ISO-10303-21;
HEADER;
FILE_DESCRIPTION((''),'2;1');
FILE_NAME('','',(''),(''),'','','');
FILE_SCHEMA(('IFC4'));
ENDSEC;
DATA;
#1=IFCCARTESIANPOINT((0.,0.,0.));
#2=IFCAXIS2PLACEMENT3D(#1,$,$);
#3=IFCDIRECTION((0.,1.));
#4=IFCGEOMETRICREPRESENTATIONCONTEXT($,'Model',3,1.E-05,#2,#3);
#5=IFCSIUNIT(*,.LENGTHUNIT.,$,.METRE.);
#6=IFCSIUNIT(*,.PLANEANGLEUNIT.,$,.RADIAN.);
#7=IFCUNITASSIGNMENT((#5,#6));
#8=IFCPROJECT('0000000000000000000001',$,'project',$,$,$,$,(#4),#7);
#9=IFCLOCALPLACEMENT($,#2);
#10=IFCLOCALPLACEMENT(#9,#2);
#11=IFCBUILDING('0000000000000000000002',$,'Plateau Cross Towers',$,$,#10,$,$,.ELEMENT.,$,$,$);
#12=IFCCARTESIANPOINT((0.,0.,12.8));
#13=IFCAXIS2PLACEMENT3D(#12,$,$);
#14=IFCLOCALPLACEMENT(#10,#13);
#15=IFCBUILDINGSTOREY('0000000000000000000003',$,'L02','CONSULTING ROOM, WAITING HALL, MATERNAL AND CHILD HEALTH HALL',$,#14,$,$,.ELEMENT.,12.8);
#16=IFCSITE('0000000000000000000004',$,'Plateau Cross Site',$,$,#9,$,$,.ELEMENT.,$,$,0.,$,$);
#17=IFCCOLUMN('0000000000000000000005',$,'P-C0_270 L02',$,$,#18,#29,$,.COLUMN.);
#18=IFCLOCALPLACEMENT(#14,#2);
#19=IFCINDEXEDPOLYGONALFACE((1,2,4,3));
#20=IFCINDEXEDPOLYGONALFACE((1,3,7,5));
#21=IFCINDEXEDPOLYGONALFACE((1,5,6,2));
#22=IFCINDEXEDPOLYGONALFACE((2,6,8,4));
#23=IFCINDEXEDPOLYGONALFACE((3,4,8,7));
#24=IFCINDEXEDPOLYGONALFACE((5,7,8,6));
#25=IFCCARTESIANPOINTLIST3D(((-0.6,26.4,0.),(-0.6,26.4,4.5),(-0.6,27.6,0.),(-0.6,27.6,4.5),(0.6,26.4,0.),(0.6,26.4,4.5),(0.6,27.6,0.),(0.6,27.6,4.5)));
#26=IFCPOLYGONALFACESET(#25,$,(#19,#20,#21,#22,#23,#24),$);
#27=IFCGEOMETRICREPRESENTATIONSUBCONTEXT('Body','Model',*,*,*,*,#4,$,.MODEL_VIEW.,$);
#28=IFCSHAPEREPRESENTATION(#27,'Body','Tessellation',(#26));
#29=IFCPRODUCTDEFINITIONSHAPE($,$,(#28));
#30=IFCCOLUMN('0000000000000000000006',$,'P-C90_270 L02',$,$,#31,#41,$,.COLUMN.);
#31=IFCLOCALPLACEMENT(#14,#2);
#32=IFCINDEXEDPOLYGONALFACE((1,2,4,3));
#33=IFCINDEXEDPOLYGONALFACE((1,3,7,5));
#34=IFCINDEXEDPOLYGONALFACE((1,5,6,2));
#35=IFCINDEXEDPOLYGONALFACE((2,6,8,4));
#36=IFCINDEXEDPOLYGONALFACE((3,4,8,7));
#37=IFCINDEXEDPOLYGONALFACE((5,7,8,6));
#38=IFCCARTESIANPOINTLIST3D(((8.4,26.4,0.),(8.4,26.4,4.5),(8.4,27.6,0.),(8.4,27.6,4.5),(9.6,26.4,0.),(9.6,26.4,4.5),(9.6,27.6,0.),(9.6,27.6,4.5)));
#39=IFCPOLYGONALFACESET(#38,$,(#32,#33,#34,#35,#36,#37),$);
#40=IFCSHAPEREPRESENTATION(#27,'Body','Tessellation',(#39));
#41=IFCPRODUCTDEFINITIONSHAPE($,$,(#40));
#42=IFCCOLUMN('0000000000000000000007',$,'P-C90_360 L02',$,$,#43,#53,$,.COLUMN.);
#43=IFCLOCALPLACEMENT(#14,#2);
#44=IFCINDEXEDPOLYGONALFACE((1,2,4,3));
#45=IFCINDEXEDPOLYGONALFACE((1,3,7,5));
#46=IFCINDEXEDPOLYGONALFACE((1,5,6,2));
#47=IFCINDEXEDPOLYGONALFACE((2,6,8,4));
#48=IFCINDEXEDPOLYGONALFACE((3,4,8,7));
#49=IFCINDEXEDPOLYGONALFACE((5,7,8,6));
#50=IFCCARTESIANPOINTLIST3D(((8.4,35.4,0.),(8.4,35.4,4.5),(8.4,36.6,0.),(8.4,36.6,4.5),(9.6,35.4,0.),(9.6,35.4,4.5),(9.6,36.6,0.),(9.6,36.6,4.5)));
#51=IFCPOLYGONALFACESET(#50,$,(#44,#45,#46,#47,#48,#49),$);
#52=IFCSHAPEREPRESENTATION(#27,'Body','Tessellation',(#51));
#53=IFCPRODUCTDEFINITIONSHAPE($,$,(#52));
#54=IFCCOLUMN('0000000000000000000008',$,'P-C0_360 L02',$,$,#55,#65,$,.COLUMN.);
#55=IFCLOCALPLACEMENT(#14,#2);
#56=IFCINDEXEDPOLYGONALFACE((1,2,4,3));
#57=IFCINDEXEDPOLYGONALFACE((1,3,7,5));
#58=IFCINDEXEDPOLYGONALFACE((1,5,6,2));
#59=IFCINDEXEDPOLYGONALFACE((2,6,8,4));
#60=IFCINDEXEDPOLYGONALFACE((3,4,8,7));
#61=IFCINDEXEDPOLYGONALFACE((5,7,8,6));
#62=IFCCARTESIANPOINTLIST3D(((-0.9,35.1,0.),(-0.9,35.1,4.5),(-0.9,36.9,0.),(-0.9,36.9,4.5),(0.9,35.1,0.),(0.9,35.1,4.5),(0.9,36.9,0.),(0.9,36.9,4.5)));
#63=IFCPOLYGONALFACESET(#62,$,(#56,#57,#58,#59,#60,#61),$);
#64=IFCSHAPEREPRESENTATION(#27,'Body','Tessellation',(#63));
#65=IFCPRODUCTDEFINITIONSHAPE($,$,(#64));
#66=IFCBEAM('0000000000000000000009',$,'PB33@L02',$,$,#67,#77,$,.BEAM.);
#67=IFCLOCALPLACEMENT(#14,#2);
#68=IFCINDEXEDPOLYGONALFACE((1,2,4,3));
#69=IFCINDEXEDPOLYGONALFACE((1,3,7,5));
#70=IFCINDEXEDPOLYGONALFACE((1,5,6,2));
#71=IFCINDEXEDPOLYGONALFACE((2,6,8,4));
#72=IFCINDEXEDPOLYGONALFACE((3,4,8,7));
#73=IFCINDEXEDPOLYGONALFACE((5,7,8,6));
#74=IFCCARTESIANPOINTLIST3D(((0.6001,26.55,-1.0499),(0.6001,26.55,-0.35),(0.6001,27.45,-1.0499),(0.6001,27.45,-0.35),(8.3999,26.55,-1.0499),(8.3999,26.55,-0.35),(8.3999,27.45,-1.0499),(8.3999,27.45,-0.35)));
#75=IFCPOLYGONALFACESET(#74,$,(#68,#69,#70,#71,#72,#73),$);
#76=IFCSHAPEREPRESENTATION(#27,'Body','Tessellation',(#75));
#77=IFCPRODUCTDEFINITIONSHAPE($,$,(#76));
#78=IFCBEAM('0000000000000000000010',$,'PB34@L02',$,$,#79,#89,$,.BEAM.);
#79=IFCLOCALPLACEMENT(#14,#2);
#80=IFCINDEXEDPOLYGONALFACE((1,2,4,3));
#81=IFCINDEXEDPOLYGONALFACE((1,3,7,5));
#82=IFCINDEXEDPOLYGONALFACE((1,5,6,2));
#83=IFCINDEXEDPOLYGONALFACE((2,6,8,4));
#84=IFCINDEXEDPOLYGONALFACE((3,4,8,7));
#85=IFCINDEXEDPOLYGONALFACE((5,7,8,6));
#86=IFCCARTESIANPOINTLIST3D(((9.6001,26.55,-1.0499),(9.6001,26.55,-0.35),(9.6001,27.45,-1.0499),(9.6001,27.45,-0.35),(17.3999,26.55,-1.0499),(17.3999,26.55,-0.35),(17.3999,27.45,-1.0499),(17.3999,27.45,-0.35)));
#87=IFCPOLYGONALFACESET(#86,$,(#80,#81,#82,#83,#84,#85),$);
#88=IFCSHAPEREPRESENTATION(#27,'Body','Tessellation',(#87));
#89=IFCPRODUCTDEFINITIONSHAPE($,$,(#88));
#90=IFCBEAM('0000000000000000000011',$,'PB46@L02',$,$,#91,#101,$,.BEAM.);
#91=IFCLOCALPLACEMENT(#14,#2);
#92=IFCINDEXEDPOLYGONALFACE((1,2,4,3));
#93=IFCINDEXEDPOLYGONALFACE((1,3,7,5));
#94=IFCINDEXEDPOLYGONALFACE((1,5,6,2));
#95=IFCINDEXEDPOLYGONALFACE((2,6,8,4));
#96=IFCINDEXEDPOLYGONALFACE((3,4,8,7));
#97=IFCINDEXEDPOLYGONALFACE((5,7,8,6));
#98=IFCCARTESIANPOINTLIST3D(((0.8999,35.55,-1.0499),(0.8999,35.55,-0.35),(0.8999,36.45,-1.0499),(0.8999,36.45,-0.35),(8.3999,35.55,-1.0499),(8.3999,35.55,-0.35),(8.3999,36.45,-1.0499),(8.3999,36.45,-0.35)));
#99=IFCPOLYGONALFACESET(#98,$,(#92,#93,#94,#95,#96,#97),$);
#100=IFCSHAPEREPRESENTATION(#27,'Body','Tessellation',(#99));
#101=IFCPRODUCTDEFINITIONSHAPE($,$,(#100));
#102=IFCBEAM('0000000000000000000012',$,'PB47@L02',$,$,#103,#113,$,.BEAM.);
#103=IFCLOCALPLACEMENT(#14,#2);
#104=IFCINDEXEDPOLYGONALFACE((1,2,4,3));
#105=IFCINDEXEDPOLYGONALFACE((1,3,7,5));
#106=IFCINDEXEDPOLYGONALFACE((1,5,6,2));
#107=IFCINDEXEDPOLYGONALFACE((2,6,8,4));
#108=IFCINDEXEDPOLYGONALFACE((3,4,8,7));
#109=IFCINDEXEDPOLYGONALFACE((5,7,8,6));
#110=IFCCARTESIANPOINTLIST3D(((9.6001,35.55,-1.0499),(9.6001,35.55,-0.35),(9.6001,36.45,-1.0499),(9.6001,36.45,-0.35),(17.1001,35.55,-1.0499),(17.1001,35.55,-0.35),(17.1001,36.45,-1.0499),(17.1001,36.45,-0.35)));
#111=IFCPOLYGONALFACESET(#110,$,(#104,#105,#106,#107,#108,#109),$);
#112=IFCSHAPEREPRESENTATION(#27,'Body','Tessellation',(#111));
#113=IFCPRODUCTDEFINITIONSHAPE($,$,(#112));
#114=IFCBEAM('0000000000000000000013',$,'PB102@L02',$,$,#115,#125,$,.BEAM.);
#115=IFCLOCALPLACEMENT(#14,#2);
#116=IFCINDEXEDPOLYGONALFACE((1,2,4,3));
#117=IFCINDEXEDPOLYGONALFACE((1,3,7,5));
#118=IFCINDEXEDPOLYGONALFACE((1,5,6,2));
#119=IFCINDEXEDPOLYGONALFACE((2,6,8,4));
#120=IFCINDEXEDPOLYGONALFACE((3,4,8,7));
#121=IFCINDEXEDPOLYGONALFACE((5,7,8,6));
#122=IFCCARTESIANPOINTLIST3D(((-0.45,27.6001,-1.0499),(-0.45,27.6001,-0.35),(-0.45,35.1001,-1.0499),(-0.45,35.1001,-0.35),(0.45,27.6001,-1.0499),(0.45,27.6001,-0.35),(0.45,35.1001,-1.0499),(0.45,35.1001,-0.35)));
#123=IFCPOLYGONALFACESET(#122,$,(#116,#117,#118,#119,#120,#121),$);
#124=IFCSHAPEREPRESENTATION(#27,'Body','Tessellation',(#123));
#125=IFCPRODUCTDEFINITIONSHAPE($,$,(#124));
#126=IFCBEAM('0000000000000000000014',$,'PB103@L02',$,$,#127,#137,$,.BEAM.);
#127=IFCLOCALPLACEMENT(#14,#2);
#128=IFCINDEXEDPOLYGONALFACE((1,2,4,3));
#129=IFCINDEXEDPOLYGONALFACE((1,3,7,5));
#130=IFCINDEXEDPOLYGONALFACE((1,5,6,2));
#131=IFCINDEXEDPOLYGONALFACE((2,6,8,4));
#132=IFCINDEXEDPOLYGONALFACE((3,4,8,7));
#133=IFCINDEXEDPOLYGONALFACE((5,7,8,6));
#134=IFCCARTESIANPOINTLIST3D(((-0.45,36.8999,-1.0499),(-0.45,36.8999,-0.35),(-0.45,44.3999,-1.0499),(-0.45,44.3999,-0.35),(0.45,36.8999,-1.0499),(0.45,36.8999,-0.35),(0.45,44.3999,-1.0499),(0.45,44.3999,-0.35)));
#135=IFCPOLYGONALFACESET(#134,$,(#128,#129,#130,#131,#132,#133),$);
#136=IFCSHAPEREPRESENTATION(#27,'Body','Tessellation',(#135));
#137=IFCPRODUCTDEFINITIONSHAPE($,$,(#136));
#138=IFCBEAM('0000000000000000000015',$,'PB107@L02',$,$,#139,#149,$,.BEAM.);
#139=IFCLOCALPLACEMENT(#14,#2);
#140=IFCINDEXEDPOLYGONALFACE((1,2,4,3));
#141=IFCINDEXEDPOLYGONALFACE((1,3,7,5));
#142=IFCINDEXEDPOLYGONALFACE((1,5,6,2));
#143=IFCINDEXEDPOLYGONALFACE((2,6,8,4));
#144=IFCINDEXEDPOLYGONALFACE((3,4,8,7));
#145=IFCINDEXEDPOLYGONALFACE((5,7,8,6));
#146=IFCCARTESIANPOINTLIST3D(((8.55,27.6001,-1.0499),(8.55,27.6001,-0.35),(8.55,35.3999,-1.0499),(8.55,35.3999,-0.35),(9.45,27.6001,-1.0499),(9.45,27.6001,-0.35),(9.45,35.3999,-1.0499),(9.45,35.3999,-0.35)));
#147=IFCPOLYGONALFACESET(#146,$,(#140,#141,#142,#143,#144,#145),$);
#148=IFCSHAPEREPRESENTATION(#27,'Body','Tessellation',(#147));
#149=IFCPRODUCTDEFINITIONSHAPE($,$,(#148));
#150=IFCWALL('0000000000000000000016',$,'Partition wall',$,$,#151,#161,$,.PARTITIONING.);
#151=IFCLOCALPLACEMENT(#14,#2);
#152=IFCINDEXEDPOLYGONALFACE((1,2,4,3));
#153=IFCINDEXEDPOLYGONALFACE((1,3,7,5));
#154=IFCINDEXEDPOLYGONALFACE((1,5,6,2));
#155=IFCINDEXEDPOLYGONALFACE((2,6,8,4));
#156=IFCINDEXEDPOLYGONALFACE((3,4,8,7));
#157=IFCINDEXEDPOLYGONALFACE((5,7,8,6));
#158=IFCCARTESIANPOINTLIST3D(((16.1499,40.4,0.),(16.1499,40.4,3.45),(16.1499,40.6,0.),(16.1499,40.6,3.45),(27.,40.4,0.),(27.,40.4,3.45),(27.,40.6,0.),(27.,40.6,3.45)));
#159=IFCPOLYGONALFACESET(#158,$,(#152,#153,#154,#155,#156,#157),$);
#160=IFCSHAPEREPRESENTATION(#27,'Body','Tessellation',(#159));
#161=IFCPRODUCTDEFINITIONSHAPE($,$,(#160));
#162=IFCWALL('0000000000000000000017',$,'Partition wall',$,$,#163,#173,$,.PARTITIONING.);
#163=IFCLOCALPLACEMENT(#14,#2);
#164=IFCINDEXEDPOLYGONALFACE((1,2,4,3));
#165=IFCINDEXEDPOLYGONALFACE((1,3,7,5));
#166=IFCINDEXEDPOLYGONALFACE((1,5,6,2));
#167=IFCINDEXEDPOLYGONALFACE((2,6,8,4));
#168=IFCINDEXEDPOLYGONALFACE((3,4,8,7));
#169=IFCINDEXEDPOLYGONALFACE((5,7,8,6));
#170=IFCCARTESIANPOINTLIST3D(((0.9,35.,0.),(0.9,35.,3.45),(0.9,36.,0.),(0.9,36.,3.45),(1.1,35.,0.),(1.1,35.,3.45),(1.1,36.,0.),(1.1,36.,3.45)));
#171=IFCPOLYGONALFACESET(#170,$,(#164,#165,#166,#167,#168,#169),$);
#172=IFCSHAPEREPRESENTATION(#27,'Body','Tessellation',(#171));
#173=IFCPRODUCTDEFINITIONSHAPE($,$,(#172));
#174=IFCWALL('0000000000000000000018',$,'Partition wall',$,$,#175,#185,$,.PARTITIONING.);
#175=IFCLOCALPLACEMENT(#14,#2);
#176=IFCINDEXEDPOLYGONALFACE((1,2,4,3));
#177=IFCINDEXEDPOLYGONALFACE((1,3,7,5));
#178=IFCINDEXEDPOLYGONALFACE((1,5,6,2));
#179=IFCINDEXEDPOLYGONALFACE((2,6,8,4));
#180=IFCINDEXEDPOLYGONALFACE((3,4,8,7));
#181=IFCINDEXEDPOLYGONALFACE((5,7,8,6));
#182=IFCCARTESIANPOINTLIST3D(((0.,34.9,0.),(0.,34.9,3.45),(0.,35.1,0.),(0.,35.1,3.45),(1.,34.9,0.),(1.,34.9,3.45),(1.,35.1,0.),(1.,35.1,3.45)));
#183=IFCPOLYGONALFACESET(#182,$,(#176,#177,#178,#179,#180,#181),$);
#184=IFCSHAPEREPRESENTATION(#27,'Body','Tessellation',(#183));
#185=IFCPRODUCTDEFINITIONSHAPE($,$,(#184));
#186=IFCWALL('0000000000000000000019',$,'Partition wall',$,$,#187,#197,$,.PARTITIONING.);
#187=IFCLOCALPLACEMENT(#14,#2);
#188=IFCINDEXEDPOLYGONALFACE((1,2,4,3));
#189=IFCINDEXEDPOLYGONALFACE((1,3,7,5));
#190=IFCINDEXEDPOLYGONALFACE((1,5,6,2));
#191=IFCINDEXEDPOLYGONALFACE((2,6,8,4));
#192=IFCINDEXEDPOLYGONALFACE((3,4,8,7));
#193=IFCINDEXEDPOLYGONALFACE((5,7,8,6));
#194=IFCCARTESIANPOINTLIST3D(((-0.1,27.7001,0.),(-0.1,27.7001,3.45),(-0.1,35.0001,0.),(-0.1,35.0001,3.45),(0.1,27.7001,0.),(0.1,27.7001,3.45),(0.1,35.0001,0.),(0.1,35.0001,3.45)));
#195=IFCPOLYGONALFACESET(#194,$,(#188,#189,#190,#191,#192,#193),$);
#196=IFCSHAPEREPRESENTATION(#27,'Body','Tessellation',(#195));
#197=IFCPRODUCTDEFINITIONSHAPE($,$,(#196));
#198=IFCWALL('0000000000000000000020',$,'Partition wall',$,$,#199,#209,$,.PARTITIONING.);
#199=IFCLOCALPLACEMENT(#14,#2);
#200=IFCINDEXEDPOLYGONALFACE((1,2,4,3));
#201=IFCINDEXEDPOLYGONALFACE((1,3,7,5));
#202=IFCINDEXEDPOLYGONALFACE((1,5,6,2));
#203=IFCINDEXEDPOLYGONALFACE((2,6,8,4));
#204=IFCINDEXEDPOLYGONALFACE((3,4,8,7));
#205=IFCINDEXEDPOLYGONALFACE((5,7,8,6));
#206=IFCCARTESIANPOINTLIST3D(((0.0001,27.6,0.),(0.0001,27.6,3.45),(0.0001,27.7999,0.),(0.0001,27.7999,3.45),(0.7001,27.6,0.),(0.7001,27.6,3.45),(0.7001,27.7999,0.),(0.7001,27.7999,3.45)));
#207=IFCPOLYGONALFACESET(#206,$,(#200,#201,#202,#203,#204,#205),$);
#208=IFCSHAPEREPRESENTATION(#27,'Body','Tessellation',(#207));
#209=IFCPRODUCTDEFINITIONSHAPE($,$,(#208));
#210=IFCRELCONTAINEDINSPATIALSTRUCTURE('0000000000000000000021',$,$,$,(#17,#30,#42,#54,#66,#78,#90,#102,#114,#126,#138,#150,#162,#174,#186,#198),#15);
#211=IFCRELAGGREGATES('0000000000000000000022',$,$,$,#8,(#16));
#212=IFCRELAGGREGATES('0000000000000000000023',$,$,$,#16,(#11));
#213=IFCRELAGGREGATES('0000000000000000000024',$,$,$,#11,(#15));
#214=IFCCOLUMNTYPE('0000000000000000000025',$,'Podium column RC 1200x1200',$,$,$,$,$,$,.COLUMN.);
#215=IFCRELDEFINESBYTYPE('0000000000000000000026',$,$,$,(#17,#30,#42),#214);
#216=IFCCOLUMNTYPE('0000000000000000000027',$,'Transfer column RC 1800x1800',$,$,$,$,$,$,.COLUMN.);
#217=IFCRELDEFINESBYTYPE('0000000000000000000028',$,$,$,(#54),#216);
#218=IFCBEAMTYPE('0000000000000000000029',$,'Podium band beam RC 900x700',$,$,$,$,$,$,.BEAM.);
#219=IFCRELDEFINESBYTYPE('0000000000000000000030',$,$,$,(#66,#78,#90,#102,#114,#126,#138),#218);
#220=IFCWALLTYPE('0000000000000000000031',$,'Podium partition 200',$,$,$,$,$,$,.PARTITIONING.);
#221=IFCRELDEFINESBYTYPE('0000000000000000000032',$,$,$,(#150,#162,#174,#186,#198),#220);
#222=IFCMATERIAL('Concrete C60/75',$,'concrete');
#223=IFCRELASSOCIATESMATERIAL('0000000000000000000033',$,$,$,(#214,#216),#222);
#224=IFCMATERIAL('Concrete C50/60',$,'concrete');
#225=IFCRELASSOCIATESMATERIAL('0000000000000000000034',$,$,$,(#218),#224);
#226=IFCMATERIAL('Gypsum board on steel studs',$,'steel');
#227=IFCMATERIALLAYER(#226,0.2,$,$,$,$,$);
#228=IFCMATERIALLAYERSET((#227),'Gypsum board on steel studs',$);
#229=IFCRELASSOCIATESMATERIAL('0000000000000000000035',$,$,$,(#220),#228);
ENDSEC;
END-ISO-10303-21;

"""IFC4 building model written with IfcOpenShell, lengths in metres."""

from ifc_helpers import new_model, si_unit, direction, frame, frame_2d, origin, origin_2d, place, context, subcontext, project, spatial, rectangle, extrude, material, layer, layer_set, material_profile, profile_set, type_object, element, save


model = new_model("IFC4")

# Units and contexts
model_context = context("Model", 3, precision=1e-05, world=origin(), true_north=direction((0.0, 1.0)))
body_context = subcontext(model_context, "Body", "Model", "MODEL_VIEW")
ifc_project = project(units=[si_unit("LENGTHUNIT", "METRE"), si_unit("PLANEANGLEUNIT", "RADIAN")], contexts=[model_context])

# Site, building, storey
site_placement = place(None, origin())
site = spatial("IfcSite", under=ifc_project, at=site_placement, Name="Plateau Cross Site", CompositionType="ELEMENT", RefElevation=0.0)
building_placement = place(site_placement, origin())
building = spatial("IfcBuilding", under=site, at=building_placement, Name="Plateau Cross Towers", CompositionType="ELEMENT")
storey_placement = place(building_placement, frame((0.0, 0.0, 12.8)))
storey = spatial("IfcBuildingStorey", under=building, at=storey_placement, Name="L02", Description="CONSULTING ROOM, WAITING HALL, MATERNAL AND CHILD HEALTH HALL", CompositionType="ELEMENT", Elevation=12.8)

# Columns
ifc_material_1 = material(Name="Concrete C60/75", Category="concrete")
ifc_material_profile_1 = material_profile(ifc_material_1, rectangle(XDim=1.2, YDim=1.2, at=origin_2d()), Name="RC 1200x1200")
ifc_profile_set_1 = profile_set([ifc_material_profile_1], Name="Concrete C60/75")
column_type_1 = type_object("IfcColumnType", Name="Podium column RC 1200x1200", PredefinedType="COLUMN", material=ifc_profile_set_1)
for number, where, z_axis, x_axis, name in (
    (1, (0.0, 27.0, 0.0), (0.0, 0.0, 1.0), (1.0, 0.0, 0.0), "P-C0_270 L02"),
    (2, (9.0, 27.0, 0.0), (0.0, 0.0, 1.0), (1.0, 0.0, 0.0), "P-C90_270 L02"),
    (3, (9.0, 36.0, 0.0), (0.0, 0.0, 1.0), (1.0, 0.0, 0.0), "P-C90_360 L02"),
):
    element("IfcColumn", number, at=place(storey_placement, frame(where, z_axis=z_axis, x_axis=x_axis)), inside=storey, type_object=column_type_1, Name=name, PredefinedType="COLUMN", context=body_context, shape_type="SweptSolid", body=[
        extrude(rectangle(XDim=1.2, YDim=1.2, at=origin_2d()), origin(), (0.0, 0.0, 1.0), 4.5),
    ])
ifc_material_profile_2 = material_profile(ifc_material_1, rectangle(XDim=1.8, YDim=1.8, at=origin_2d()), Name="RC 1800x1800")
ifc_profile_set_2 = profile_set([ifc_material_profile_2], Name="Concrete C60/75")
column_type_2 = type_object("IfcColumnType", Name="Transfer column RC 1800x1800", PredefinedType="COLUMN", material=ifc_profile_set_2)
column_placement = place(storey_placement, frame((0.0, 36.0, 0.0), z_axis=(0.0, 0.0, 1.0), x_axis=(1.0, 0.0, 0.0)))
element("IfcColumn", 4, at=column_placement, inside=storey, type_object=column_type_2, Name="P-C0_360 L02", PredefinedType="COLUMN", context=body_context, shape_type="SweptSolid", body=[
    extrude(rectangle(XDim=1.8, YDim=1.8, at=origin_2d()), origin(), (0.0, 0.0, 1.0), 4.5),
])

# Beams
ifc_material_2 = material(Name="Concrete C50/60", Category="concrete")
ifc_material_profile_3 = material_profile(ifc_material_2, rectangle(XDim=0.8999, YDim=0.7, at=origin_2d()), Name="RC 900x700")
ifc_profile_set_3 = profile_set([ifc_material_profile_3], Name="Concrete C50/60")
beam_type = type_object("IfcBeamType", Name="Podium band beam RC 900x700", PredefinedType="BEAM", material=ifc_profile_set_3)
for number, where, z_axis, x_axis, name in (
    (5, (0.6001, 27.0, -0.7), (1.0, 0.0, 0.0), (0.0, 1.0, 0.0), "PB33@L02"),
    (6, (9.6001, 27.0, -0.7), (1.0, 0.0, 0.0), (0.0, 1.0, 0.0), "PB34@L02"),
):
    element("IfcBeam", number, at=place(storey_placement, frame(where, z_axis=z_axis, x_axis=x_axis)), inside=storey, type_object=beam_type, Name=name, PredefinedType="BEAM", context=body_context, shape_type="SweptSolid", body=[
        extrude(rectangle(XDim=0.8999, YDim=0.7, at=origin_2d()), origin(), (0.0, 0.0, 1.0), 7.7998),
    ])
for number, where, z_axis, x_axis, name in (
    (7, (0.8999, 36.0, -0.7), (1.0, 0.0, 0.0), (0.0, 1.0, 0.0), "PB46@L02"),
    (8, (9.6001, 36.0, -0.7), (1.0, 0.0, 0.0), (0.0, 1.0, 0.0), "PB47@L02"),
    (9, (0.0, 27.6001, -0.7), (0.0, 1.0, 0.0), (-1.0, 0.0, 0.0), "PB102@L02"),
    (10, (0.0, 36.8999, -0.7), (0.0, 1.0, 0.0), (-1.0, 0.0, 0.0), "PB103@L02"),
):
    element("IfcBeam", number, at=place(storey_placement, frame(where, z_axis=z_axis, x_axis=x_axis)), inside=storey, type_object=beam_type, Name=name, PredefinedType="BEAM", context=body_context, shape_type="SweptSolid", body=[
        extrude(rectangle(XDim=0.8999, YDim=0.7, at=origin_2d()), origin(), (0.0, 0.0, 1.0), 7.5),
    ])
beam_placement = place(storey_placement, frame((9.0, 27.6001, -0.7), z_axis=(0.0, 1.0, 0.0), x_axis=(-1.0, 0.0, 0.0)))
element("IfcBeam", 11, at=beam_placement, inside=storey, type_object=beam_type, Name="PB107@L02", PredefinedType="BEAM", context=body_context, shape_type="SweptSolid", body=[
    extrude(rectangle(XDim=0.8999, YDim=0.7, at=origin_2d()), origin(), (0.0, 0.0, 1.0), 7.7998),
])

# Walls
ifc_material_3 = material(Name="Gypsum board on steel studs", Category="steel")
ifc_layer_1 = layer(ifc_material_3, 0.2)
ifc_layer_set_1 = layer_set([ifc_layer_1], Name="Gypsum board on steel studs")
wall_type_1 = type_object("IfcWallType", Name="Podium partition 200", PredefinedType="PARTITIONING", material=ifc_layer_set_1)
wall_1_placement = place(storey_placement, frame((16.1499, 40.5, 0.0), z_axis=(0.0, 0.0, 1.0), x_axis=(1.0, 0.0, 0.0)))
element("IfcWall", 12, at=wall_1_placement, inside=storey, type_object=wall_type_1, Name="Partition wall", PredefinedType="PARTITIONING", context=body_context, shape_type="SweptSolid", body=[
    extrude(rectangle(XDim=10.8501, YDim=0.2, at=frame_2d((5.425, 0.0))), origin(), (0.0, 0.0, 1.0), 3.45),
])
for number, where, z_axis, x_axis, name in (
    (13, (1.0, 36.0, 0.0), (0.0, 0.0, 1.0), (0.0, -1.0, 0.0), "Partition wall"),
    (14, (1.0, 35.0, 0.0), (0.0, 0.0, 1.0), (-1.0, 0.0, 0.0), "Partition wall"),
):
    element("IfcWall", number, at=place(storey_placement, frame(where, z_axis=z_axis, x_axis=x_axis)), inside=storey, type_object=wall_type_1, Name=name, PredefinedType="PARTITIONING", context=body_context, shape_type="SweptSolid", body=[
        extrude(rectangle(XDim=1.0, YDim=0.2, at=frame_2d((0.5, 0.0))), origin(), (0.0, 0.0, 1.0), 3.45),
    ])
wall_2_placement = place(storey_placement, frame((0.0, 35.0, 0.0), z_axis=(0.0, 0.0, 1.0), x_axis=(0.0, -1.0, 0.0)))
element("IfcWall", 15, at=wall_2_placement, inside=storey, type_object=wall_type_1, Name="Partition wall", PredefinedType="PARTITIONING", context=body_context, shape_type="SweptSolid", body=[
    extrude(rectangle(XDim=7.3, YDim=0.2, at=frame_2d((3.6499, 0.0))), origin(), (0.0, 0.0, 1.0), 3.45),
])
for number, where, z_axis, x_axis, name in (
    (16, (0.0, 27.7, 0.0), (0.0, 0.0, 1.0), (1.0, 0.0, 0.0), "Partition wall"),
):
    element("IfcWall", number, at=place(storey_placement, frame(where, z_axis=z_axis, x_axis=x_axis)), inside=storey, type_object=wall_type_1, Name=name, PredefinedType="PARTITIONING", context=body_context, shape_type="SweptSolid", body=[
        extrude(rectangle(XDim=0.7, YDim=0.2, at=frame_2d((0.3501, 0.0))), origin(), (0.0, 0.0, 1.0), 3.45),
    ])

save(model, "model.ifc")
